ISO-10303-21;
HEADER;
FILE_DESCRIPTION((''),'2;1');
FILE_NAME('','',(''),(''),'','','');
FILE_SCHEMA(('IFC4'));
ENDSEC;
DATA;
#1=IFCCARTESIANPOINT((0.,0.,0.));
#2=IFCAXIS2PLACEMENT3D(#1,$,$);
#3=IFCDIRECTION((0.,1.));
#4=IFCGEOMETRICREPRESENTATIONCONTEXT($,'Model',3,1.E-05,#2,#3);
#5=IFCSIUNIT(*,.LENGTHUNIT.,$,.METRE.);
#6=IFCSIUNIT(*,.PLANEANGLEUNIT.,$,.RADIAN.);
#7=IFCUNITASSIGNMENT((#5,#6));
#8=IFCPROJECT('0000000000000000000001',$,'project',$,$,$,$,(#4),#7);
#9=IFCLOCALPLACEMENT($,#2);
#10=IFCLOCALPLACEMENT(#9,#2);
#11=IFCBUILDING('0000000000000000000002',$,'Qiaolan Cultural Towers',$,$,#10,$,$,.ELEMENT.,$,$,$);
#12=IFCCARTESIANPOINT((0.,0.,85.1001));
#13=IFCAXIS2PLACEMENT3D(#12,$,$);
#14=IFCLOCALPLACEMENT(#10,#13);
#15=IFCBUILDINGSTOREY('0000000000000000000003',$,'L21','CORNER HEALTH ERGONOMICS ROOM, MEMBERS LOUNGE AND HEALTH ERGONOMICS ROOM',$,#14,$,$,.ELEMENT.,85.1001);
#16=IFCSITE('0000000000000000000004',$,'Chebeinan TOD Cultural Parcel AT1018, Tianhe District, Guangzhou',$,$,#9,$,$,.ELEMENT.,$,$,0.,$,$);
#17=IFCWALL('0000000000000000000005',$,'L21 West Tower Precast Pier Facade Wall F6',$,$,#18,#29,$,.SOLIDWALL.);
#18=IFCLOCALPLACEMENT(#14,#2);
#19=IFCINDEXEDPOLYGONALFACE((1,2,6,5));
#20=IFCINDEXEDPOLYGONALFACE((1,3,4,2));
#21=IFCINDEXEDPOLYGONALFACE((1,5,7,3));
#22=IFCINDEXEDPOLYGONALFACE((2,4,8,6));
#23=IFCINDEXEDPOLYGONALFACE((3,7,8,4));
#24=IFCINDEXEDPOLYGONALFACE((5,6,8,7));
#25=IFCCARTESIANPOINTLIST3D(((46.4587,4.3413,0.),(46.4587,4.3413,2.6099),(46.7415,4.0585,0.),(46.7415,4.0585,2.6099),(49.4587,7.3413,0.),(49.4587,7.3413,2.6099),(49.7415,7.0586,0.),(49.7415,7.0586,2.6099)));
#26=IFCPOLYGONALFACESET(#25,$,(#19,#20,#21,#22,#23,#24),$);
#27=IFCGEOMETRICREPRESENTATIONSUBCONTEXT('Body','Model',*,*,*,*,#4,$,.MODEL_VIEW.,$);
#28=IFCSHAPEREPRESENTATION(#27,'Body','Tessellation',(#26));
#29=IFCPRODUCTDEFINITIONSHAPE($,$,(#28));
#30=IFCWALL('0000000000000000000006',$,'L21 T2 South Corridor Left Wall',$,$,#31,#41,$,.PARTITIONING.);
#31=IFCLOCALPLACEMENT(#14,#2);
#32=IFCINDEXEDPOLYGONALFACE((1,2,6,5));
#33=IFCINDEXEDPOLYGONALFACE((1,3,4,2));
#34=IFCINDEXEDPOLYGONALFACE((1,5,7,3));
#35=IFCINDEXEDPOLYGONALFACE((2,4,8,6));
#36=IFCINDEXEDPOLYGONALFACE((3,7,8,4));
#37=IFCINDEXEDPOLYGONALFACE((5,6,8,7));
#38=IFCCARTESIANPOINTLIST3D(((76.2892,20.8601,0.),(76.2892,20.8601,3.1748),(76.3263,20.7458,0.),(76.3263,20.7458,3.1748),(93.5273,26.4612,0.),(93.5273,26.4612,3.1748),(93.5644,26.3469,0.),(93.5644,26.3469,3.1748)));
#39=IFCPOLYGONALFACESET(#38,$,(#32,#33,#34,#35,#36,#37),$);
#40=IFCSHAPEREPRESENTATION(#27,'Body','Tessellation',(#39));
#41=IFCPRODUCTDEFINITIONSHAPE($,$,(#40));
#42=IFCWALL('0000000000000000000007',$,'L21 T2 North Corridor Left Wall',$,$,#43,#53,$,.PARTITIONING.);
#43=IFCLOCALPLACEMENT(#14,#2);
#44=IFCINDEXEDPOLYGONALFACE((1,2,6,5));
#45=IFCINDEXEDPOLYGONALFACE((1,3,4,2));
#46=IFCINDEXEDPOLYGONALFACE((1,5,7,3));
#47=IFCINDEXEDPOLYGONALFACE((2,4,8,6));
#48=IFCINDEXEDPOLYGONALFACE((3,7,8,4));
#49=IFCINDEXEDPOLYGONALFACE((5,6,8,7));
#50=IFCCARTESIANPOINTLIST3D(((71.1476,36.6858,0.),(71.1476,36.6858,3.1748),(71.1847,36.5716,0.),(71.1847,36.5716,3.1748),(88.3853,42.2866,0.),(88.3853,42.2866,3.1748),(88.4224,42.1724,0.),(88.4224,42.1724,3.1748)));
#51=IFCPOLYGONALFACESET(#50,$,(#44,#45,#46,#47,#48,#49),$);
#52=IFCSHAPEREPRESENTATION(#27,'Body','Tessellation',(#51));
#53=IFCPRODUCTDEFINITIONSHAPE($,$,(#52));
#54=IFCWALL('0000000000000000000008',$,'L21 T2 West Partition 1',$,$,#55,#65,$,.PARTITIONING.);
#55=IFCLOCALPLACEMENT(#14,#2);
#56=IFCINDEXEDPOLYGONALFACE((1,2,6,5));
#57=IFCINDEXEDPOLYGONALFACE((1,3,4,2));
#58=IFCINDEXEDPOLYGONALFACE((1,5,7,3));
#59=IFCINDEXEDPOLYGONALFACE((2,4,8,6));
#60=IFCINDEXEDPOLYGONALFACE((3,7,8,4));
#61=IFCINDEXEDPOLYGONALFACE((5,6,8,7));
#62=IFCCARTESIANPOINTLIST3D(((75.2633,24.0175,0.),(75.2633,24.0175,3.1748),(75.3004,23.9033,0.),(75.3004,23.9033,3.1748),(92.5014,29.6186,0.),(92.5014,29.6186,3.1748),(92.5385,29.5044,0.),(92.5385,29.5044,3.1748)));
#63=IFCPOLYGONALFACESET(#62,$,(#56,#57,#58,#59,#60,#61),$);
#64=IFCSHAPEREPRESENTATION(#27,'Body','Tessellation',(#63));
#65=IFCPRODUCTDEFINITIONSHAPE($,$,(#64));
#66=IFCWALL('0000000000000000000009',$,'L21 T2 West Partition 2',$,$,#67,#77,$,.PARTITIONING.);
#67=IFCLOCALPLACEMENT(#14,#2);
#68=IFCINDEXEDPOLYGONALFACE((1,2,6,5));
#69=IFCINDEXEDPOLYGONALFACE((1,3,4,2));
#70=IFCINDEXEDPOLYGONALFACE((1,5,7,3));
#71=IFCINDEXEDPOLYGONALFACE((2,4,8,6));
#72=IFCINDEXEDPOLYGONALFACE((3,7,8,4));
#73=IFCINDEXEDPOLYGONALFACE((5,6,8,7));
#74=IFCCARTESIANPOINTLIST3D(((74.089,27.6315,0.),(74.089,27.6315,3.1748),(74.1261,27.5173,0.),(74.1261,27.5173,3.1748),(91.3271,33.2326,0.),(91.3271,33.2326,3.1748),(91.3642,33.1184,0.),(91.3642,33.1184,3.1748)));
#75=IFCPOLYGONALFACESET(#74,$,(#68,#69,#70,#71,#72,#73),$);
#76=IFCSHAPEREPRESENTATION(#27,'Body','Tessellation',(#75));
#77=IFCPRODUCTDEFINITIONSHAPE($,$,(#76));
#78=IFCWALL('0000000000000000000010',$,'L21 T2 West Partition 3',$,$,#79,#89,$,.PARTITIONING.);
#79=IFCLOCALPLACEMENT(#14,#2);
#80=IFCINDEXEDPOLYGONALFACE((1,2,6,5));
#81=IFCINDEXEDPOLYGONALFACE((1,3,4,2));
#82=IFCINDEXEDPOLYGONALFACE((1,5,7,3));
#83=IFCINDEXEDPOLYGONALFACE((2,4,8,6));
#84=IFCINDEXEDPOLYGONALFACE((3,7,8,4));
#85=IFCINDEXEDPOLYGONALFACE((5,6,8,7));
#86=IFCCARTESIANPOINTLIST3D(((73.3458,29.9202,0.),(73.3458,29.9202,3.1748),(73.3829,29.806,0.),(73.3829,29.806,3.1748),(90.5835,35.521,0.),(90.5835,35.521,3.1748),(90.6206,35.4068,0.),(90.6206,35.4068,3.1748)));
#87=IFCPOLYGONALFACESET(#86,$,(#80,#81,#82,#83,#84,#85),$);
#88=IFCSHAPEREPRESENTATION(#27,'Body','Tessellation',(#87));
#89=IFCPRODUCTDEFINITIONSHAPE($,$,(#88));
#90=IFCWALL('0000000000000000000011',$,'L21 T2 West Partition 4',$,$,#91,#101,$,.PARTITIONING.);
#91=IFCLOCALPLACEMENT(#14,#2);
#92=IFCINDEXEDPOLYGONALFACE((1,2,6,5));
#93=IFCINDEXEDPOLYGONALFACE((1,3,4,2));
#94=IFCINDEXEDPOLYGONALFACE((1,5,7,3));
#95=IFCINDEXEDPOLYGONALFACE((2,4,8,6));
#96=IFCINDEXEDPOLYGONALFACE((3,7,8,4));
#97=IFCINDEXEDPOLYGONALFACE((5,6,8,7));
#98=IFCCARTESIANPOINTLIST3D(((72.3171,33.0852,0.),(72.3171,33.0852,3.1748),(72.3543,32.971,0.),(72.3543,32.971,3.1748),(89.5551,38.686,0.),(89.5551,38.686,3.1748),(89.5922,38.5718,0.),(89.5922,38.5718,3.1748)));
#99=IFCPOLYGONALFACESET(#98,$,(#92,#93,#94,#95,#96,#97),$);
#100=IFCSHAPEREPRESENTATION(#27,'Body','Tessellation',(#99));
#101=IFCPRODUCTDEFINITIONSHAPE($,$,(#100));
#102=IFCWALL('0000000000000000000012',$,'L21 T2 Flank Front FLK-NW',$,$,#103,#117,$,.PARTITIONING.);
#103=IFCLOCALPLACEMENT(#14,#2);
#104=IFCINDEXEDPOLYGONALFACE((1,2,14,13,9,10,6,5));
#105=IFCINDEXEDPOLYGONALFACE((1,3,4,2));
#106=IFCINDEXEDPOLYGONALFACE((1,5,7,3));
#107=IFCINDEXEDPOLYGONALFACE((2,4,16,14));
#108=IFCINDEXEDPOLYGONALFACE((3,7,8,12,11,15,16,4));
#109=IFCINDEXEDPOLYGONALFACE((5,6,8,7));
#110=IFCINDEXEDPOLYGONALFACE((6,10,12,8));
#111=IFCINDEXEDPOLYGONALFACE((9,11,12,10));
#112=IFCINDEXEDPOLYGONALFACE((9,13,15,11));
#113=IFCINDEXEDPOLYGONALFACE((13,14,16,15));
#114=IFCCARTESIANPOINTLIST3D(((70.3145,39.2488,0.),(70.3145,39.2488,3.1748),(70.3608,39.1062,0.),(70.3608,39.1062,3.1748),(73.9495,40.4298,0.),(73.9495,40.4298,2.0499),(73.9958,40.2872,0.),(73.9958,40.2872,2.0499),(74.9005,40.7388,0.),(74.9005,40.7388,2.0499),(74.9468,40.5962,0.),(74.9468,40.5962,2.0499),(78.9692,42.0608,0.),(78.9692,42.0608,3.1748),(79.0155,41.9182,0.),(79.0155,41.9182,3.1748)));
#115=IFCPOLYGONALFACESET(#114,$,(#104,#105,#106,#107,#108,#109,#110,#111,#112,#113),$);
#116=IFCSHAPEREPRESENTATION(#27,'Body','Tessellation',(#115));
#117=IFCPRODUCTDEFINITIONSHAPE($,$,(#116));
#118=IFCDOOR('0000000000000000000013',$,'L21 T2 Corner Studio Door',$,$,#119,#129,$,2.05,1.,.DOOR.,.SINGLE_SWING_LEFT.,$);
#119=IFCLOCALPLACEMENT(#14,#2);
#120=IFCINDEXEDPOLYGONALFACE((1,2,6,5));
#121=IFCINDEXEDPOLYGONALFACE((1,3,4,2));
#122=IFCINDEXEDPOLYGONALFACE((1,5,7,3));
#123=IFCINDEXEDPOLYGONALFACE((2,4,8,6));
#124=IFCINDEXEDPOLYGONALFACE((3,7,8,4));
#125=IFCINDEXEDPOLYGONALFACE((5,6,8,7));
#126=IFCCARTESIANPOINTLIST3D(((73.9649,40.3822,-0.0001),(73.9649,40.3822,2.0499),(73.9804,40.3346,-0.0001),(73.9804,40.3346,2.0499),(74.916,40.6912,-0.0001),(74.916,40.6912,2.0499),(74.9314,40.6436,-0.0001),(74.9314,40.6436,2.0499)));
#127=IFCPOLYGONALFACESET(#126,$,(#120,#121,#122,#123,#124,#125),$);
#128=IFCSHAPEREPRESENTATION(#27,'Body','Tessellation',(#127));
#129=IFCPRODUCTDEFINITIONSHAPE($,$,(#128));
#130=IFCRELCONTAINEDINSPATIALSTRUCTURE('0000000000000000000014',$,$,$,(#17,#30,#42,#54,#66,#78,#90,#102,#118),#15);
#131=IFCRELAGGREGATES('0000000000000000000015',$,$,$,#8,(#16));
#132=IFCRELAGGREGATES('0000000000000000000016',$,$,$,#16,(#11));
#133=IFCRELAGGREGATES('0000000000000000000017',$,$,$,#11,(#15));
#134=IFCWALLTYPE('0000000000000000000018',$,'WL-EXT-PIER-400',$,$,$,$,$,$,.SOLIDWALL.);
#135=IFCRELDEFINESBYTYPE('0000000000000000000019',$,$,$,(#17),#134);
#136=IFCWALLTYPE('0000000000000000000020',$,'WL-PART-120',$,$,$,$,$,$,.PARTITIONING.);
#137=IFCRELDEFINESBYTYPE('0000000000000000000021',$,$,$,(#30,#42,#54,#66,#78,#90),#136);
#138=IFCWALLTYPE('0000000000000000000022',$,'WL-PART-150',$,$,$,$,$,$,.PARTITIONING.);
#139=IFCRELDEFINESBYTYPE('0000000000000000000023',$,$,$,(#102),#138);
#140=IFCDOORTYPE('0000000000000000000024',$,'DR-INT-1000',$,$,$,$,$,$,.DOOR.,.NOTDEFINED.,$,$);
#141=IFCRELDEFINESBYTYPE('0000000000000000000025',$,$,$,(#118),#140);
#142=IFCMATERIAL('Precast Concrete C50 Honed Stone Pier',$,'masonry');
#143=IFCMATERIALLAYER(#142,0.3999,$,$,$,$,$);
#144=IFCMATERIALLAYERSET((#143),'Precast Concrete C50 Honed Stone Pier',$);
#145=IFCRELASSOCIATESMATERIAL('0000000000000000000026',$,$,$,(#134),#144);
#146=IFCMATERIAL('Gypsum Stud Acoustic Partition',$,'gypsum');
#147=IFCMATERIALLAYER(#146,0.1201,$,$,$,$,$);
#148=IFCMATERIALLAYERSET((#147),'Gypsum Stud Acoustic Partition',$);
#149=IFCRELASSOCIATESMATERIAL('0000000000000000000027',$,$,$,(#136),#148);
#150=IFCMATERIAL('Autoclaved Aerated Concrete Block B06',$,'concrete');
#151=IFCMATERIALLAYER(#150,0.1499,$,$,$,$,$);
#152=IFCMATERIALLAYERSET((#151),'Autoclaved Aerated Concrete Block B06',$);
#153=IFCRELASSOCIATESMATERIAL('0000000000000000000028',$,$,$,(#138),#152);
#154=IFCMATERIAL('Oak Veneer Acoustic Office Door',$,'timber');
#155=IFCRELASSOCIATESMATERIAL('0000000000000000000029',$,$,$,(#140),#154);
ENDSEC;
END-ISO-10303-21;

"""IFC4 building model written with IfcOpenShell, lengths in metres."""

from ifc_helpers import new_model, si_unit, direction, frame, frame_2d, origin, place, context, subcontext, project, spatial, rectangle, extrude, material, layer, layer_set, type_object, element, fill, save


model = new_model("IFC4")

# Units and contexts
model_context = context("Model", 3, precision=1e-05, world=origin(), true_north=direction((0.0, 1.0)))
body_context = subcontext(model_context, "Body", "Model", "MODEL_VIEW")
ifc_project = project(units=[si_unit("LENGTHUNIT", "METRE"), si_unit("PLANEANGLEUNIT", "RADIAN")], contexts=[model_context])

# Site, building, storey
site_placement = place(None, origin())
site = spatial("IfcSite", under=ifc_project, at=site_placement, Name="Chebeinan TOD Cultural Parcel AT1018, Tianhe District, Guangzhou", CompositionType="ELEMENT", RefElevation=0.0)
building_placement = place(site_placement, origin())
building = spatial("IfcBuilding", under=site, at=building_placement, Name="Qiaolan Cultural Towers", CompositionType="ELEMENT")
storey_placement = place(building_placement, frame((0.0, 0.0, 85.1001)))
storey = spatial("IfcBuildingStorey", under=building, at=storey_placement, Name="L21", Description="CORNER HEALTH ERGONOMICS ROOM, MEMBERS LOUNGE AND HEALTH ERGONOMICS ROOM", CompositionType="ELEMENT", Elevation=85.1001)

# Walls
ifc_material_1 = material(Name="Precast Concrete C50 Honed Stone Pier", Category="masonry")
ifc_layer_1 = layer(ifc_material_1, 0.3999)
ifc_layer_set_1 = layer_set([ifc_layer_1], Name="Precast Concrete C50 Honed Stone Pier")
wall_type_1 = type_object("IfcWallType", Name="WL-EXT-PIER-400", PredefinedType="SOLIDWALL", material=ifc_layer_set_1)
wall_1_placement = place(storey_placement, frame((49.6001, 7.2, 0.0), z_axis=(0.0, 0.0, 1.0), x_axis=(-0.707107, -0.707107, 0.0)))
element("IfcWall", 1, at=wall_1_placement, inside=storey, type_object=wall_type_1, Name="L21 West Tower Precast Pier Facade Wall F6", PredefinedType="SOLIDWALL", context=body_context, shape_type="SweptSolid", body=[
    extrude(rectangle(XDim=4.2427, YDim=0.3999, at=frame_2d((2.1213, 0.0))), origin(), (0.0, 0.0, 1.0), 2.6099),
])
ifc_material_2 = material(Name="Gypsum Stud Acoustic Partition", Category="gypsum")
ifc_layer_2 = layer(ifc_material_2, 0.1201)
ifc_layer_set_2 = layer_set([ifc_layer_2], Name="Gypsum Stud Acoustic Partition")
wall_type_2 = type_object("IfcWallType", Name="WL-PART-120", PredefinedType="PARTITIONING", material=ifc_layer_set_2)
wall_2_placement = place(storey_placement, frame((76.3079, 20.803, 0.0), z_axis=(0.0, 0.0, 1.0), x_axis=(0.951055, 0.309022, 0.0)))
element("IfcWall", 2, at=wall_2_placement, inside=storey, type_object=wall_type_2, Name="L21 T2 South Corridor Left Wall", PredefinedType="PARTITIONING", context=body_context, shape_type="SweptSolid", body=[
    extrude(rectangle(XDim=18.1252, YDim=0.1201, at=frame_2d((9.0625, 0.0))), origin(), (0.0, 0.0, 1.0), 3.1748),
])
wall_3_placement = place(storey_placement, frame((71.166, 36.6287, 0.0), z_axis=(0.0, 0.0, 1.0), x_axis=(0.951058, 0.309014, 0.0)))
element("IfcWall", 3, at=wall_3_placement, inside=storey, type_object=wall_type_2, Name="L21 T2 North Corridor Left Wall", PredefinedType="PARTITIONING", context=body_context, shape_type="SweptSolid", body=[
    extrude(rectangle(XDim=18.1248, YDim=0.1201, at=frame_2d((9.0625, 0.0))), origin(), (0.0, 0.0, 1.0), 3.1748),
])
for number, where, z_axis, x_axis, name in (
    (4, (75.282, 23.9604, 0.0), (0.0, 0.0, 1.0), (0.951055, 0.309022, 0.0), "L21 T2 West Partition 1"),
    (5, (74.1077, 27.5745, 0.0), (0.0, 0.0, 1.0), (0.951055, 0.309022, 0.0), "L21 T2 West Partition 2"),
):
    element("IfcWall", number, at=place(storey_placement, frame(where, z_axis=z_axis, x_axis=x_axis)), inside=storey, type_object=wall_type_2, Name=name, PredefinedType="PARTITIONING", context=body_context, shape_type="SweptSolid", body=[
        extrude(rectangle(XDim=18.1252, YDim=0.1201, at=frame_2d((9.0625, 0.0))), origin(), (0.0, 0.0, 1.0), 3.1748),
    ])
wall_4_placement = place(storey_placement, frame((73.3643, 29.863, 0.0), z_axis=(0.0, 0.0, 1.0), x_axis=(0.951058, 0.309014, 0.0)))
element("IfcWall", 6, at=wall_4_placement, inside=storey, type_object=wall_type_2, Name="L21 T2 West Partition 3", PredefinedType="PARTITIONING", context=body_context, shape_type="SweptSolid", body=[
    extrude(rectangle(XDim=18.1248, YDim=0.1201, at=frame_2d((9.0625, 0.0))), origin(), (0.0, 0.0, 1.0), 3.1748),
])
wall_5_placement = place(storey_placement, frame((72.3357, 33.0281, 0.0), z_axis=(0.0, 0.0, 1.0), x_axis=(0.951059, 0.30901, 0.0)))
element("IfcWall", 7, at=wall_5_placement, inside=storey, type_object=wall_type_2, Name="L21 T2 West Partition 4", PredefinedType="PARTITIONING", context=body_context, shape_type="SweptSolid", body=[
    extrude(rectangle(XDim=18.125, YDim=0.1201, at=frame_2d((9.0625, 0.0))), origin(), (0.0, 0.0, 1.0), 3.1748),
])

# Wall, opening, door
ifc_material_3 = material(Name="Autoclaved Aerated Concrete Block B06", Category="concrete")
ifc_layer_3 = layer(ifc_material_3, 0.1499)
ifc_layer_set_3 = layer_set([ifc_layer_3], Name="Autoclaved Aerated Concrete Block B06")
wall_type_3 = type_object("IfcWallType", Name="WL-PART-150", PredefinedType="PARTITIONING", material=ifc_layer_set_3)
wall_6_placement = place(storey_placement, frame((70.3376, 39.1775, 0.0), z_axis=(0.0, 0.0, 1.0), x_axis=(0.95106, 0.309007, 0.0)))
wall_6 = element("IfcWall", 8, at=wall_6_placement, inside=storey, type_object=wall_type_3, Name="L21 T2 Flank Front FLK-NW", PredefinedType="PARTITIONING", context=body_context, shape_type="SweptSolid", body=[
    extrude(rectangle(XDim=9.1001, YDim=0.1499, at=frame_2d((4.55, 0.0))), origin(), (0.0, 0.0, 1.0), 3.1748),
])
opening_placement = place(wall_6_placement, frame((3.822, 0.0, 0.0)))
opening = element("IfcOpeningElement", 9, at=opening_placement, cuts=wall_6, PredefinedType="OPENING", context=body_context, shape_type="SweptSolid", body=[
    extrude(rectangle(XDim=1.0, YDim=2.05, at=frame_2d((0.5, 1.0249))), frame((0.0, 0.085, 0.0), z_axis=(0.0, -1.0, 0.0), x_axis=(1.0, 0.0, 0.0)), (0.0, 0.0, 1.0), 0.1699),
])
ifc_material_4 = material(Name="Oak Veneer Acoustic Office Door", Category="timber")
door_type = type_object("IfcDoorType", Name="DR-INT-1000", OperationType="NOTDEFINED", PredefinedType="DOOR", material=ifc_material_4)
door_placement = place(opening_placement, origin())
door = element("IfcDoor", 10, at=door_placement, inside=storey, type_object=door_type, Name="L21 T2 Corner Studio Door", OperationType="SINGLE_SWING_LEFT", OverallHeight=2.05, OverallWidth=1.0, PredefinedType="DOOR", context=body_context, shape_type="SweptSolid", body=[
    extrude(rectangle(XDim=1.0, YDim=2.05, at=frame_2d((0.5, 1.0249))), frame((0.0, 0.0249, 0.0), z_axis=(0.0, -1.0, 0.0), x_axis=(1.0, 0.0, 0.0)), (0.0, 0.0, 1.0), 0.05),
])
fill(opening, door)

save(model, "model.ifc")
